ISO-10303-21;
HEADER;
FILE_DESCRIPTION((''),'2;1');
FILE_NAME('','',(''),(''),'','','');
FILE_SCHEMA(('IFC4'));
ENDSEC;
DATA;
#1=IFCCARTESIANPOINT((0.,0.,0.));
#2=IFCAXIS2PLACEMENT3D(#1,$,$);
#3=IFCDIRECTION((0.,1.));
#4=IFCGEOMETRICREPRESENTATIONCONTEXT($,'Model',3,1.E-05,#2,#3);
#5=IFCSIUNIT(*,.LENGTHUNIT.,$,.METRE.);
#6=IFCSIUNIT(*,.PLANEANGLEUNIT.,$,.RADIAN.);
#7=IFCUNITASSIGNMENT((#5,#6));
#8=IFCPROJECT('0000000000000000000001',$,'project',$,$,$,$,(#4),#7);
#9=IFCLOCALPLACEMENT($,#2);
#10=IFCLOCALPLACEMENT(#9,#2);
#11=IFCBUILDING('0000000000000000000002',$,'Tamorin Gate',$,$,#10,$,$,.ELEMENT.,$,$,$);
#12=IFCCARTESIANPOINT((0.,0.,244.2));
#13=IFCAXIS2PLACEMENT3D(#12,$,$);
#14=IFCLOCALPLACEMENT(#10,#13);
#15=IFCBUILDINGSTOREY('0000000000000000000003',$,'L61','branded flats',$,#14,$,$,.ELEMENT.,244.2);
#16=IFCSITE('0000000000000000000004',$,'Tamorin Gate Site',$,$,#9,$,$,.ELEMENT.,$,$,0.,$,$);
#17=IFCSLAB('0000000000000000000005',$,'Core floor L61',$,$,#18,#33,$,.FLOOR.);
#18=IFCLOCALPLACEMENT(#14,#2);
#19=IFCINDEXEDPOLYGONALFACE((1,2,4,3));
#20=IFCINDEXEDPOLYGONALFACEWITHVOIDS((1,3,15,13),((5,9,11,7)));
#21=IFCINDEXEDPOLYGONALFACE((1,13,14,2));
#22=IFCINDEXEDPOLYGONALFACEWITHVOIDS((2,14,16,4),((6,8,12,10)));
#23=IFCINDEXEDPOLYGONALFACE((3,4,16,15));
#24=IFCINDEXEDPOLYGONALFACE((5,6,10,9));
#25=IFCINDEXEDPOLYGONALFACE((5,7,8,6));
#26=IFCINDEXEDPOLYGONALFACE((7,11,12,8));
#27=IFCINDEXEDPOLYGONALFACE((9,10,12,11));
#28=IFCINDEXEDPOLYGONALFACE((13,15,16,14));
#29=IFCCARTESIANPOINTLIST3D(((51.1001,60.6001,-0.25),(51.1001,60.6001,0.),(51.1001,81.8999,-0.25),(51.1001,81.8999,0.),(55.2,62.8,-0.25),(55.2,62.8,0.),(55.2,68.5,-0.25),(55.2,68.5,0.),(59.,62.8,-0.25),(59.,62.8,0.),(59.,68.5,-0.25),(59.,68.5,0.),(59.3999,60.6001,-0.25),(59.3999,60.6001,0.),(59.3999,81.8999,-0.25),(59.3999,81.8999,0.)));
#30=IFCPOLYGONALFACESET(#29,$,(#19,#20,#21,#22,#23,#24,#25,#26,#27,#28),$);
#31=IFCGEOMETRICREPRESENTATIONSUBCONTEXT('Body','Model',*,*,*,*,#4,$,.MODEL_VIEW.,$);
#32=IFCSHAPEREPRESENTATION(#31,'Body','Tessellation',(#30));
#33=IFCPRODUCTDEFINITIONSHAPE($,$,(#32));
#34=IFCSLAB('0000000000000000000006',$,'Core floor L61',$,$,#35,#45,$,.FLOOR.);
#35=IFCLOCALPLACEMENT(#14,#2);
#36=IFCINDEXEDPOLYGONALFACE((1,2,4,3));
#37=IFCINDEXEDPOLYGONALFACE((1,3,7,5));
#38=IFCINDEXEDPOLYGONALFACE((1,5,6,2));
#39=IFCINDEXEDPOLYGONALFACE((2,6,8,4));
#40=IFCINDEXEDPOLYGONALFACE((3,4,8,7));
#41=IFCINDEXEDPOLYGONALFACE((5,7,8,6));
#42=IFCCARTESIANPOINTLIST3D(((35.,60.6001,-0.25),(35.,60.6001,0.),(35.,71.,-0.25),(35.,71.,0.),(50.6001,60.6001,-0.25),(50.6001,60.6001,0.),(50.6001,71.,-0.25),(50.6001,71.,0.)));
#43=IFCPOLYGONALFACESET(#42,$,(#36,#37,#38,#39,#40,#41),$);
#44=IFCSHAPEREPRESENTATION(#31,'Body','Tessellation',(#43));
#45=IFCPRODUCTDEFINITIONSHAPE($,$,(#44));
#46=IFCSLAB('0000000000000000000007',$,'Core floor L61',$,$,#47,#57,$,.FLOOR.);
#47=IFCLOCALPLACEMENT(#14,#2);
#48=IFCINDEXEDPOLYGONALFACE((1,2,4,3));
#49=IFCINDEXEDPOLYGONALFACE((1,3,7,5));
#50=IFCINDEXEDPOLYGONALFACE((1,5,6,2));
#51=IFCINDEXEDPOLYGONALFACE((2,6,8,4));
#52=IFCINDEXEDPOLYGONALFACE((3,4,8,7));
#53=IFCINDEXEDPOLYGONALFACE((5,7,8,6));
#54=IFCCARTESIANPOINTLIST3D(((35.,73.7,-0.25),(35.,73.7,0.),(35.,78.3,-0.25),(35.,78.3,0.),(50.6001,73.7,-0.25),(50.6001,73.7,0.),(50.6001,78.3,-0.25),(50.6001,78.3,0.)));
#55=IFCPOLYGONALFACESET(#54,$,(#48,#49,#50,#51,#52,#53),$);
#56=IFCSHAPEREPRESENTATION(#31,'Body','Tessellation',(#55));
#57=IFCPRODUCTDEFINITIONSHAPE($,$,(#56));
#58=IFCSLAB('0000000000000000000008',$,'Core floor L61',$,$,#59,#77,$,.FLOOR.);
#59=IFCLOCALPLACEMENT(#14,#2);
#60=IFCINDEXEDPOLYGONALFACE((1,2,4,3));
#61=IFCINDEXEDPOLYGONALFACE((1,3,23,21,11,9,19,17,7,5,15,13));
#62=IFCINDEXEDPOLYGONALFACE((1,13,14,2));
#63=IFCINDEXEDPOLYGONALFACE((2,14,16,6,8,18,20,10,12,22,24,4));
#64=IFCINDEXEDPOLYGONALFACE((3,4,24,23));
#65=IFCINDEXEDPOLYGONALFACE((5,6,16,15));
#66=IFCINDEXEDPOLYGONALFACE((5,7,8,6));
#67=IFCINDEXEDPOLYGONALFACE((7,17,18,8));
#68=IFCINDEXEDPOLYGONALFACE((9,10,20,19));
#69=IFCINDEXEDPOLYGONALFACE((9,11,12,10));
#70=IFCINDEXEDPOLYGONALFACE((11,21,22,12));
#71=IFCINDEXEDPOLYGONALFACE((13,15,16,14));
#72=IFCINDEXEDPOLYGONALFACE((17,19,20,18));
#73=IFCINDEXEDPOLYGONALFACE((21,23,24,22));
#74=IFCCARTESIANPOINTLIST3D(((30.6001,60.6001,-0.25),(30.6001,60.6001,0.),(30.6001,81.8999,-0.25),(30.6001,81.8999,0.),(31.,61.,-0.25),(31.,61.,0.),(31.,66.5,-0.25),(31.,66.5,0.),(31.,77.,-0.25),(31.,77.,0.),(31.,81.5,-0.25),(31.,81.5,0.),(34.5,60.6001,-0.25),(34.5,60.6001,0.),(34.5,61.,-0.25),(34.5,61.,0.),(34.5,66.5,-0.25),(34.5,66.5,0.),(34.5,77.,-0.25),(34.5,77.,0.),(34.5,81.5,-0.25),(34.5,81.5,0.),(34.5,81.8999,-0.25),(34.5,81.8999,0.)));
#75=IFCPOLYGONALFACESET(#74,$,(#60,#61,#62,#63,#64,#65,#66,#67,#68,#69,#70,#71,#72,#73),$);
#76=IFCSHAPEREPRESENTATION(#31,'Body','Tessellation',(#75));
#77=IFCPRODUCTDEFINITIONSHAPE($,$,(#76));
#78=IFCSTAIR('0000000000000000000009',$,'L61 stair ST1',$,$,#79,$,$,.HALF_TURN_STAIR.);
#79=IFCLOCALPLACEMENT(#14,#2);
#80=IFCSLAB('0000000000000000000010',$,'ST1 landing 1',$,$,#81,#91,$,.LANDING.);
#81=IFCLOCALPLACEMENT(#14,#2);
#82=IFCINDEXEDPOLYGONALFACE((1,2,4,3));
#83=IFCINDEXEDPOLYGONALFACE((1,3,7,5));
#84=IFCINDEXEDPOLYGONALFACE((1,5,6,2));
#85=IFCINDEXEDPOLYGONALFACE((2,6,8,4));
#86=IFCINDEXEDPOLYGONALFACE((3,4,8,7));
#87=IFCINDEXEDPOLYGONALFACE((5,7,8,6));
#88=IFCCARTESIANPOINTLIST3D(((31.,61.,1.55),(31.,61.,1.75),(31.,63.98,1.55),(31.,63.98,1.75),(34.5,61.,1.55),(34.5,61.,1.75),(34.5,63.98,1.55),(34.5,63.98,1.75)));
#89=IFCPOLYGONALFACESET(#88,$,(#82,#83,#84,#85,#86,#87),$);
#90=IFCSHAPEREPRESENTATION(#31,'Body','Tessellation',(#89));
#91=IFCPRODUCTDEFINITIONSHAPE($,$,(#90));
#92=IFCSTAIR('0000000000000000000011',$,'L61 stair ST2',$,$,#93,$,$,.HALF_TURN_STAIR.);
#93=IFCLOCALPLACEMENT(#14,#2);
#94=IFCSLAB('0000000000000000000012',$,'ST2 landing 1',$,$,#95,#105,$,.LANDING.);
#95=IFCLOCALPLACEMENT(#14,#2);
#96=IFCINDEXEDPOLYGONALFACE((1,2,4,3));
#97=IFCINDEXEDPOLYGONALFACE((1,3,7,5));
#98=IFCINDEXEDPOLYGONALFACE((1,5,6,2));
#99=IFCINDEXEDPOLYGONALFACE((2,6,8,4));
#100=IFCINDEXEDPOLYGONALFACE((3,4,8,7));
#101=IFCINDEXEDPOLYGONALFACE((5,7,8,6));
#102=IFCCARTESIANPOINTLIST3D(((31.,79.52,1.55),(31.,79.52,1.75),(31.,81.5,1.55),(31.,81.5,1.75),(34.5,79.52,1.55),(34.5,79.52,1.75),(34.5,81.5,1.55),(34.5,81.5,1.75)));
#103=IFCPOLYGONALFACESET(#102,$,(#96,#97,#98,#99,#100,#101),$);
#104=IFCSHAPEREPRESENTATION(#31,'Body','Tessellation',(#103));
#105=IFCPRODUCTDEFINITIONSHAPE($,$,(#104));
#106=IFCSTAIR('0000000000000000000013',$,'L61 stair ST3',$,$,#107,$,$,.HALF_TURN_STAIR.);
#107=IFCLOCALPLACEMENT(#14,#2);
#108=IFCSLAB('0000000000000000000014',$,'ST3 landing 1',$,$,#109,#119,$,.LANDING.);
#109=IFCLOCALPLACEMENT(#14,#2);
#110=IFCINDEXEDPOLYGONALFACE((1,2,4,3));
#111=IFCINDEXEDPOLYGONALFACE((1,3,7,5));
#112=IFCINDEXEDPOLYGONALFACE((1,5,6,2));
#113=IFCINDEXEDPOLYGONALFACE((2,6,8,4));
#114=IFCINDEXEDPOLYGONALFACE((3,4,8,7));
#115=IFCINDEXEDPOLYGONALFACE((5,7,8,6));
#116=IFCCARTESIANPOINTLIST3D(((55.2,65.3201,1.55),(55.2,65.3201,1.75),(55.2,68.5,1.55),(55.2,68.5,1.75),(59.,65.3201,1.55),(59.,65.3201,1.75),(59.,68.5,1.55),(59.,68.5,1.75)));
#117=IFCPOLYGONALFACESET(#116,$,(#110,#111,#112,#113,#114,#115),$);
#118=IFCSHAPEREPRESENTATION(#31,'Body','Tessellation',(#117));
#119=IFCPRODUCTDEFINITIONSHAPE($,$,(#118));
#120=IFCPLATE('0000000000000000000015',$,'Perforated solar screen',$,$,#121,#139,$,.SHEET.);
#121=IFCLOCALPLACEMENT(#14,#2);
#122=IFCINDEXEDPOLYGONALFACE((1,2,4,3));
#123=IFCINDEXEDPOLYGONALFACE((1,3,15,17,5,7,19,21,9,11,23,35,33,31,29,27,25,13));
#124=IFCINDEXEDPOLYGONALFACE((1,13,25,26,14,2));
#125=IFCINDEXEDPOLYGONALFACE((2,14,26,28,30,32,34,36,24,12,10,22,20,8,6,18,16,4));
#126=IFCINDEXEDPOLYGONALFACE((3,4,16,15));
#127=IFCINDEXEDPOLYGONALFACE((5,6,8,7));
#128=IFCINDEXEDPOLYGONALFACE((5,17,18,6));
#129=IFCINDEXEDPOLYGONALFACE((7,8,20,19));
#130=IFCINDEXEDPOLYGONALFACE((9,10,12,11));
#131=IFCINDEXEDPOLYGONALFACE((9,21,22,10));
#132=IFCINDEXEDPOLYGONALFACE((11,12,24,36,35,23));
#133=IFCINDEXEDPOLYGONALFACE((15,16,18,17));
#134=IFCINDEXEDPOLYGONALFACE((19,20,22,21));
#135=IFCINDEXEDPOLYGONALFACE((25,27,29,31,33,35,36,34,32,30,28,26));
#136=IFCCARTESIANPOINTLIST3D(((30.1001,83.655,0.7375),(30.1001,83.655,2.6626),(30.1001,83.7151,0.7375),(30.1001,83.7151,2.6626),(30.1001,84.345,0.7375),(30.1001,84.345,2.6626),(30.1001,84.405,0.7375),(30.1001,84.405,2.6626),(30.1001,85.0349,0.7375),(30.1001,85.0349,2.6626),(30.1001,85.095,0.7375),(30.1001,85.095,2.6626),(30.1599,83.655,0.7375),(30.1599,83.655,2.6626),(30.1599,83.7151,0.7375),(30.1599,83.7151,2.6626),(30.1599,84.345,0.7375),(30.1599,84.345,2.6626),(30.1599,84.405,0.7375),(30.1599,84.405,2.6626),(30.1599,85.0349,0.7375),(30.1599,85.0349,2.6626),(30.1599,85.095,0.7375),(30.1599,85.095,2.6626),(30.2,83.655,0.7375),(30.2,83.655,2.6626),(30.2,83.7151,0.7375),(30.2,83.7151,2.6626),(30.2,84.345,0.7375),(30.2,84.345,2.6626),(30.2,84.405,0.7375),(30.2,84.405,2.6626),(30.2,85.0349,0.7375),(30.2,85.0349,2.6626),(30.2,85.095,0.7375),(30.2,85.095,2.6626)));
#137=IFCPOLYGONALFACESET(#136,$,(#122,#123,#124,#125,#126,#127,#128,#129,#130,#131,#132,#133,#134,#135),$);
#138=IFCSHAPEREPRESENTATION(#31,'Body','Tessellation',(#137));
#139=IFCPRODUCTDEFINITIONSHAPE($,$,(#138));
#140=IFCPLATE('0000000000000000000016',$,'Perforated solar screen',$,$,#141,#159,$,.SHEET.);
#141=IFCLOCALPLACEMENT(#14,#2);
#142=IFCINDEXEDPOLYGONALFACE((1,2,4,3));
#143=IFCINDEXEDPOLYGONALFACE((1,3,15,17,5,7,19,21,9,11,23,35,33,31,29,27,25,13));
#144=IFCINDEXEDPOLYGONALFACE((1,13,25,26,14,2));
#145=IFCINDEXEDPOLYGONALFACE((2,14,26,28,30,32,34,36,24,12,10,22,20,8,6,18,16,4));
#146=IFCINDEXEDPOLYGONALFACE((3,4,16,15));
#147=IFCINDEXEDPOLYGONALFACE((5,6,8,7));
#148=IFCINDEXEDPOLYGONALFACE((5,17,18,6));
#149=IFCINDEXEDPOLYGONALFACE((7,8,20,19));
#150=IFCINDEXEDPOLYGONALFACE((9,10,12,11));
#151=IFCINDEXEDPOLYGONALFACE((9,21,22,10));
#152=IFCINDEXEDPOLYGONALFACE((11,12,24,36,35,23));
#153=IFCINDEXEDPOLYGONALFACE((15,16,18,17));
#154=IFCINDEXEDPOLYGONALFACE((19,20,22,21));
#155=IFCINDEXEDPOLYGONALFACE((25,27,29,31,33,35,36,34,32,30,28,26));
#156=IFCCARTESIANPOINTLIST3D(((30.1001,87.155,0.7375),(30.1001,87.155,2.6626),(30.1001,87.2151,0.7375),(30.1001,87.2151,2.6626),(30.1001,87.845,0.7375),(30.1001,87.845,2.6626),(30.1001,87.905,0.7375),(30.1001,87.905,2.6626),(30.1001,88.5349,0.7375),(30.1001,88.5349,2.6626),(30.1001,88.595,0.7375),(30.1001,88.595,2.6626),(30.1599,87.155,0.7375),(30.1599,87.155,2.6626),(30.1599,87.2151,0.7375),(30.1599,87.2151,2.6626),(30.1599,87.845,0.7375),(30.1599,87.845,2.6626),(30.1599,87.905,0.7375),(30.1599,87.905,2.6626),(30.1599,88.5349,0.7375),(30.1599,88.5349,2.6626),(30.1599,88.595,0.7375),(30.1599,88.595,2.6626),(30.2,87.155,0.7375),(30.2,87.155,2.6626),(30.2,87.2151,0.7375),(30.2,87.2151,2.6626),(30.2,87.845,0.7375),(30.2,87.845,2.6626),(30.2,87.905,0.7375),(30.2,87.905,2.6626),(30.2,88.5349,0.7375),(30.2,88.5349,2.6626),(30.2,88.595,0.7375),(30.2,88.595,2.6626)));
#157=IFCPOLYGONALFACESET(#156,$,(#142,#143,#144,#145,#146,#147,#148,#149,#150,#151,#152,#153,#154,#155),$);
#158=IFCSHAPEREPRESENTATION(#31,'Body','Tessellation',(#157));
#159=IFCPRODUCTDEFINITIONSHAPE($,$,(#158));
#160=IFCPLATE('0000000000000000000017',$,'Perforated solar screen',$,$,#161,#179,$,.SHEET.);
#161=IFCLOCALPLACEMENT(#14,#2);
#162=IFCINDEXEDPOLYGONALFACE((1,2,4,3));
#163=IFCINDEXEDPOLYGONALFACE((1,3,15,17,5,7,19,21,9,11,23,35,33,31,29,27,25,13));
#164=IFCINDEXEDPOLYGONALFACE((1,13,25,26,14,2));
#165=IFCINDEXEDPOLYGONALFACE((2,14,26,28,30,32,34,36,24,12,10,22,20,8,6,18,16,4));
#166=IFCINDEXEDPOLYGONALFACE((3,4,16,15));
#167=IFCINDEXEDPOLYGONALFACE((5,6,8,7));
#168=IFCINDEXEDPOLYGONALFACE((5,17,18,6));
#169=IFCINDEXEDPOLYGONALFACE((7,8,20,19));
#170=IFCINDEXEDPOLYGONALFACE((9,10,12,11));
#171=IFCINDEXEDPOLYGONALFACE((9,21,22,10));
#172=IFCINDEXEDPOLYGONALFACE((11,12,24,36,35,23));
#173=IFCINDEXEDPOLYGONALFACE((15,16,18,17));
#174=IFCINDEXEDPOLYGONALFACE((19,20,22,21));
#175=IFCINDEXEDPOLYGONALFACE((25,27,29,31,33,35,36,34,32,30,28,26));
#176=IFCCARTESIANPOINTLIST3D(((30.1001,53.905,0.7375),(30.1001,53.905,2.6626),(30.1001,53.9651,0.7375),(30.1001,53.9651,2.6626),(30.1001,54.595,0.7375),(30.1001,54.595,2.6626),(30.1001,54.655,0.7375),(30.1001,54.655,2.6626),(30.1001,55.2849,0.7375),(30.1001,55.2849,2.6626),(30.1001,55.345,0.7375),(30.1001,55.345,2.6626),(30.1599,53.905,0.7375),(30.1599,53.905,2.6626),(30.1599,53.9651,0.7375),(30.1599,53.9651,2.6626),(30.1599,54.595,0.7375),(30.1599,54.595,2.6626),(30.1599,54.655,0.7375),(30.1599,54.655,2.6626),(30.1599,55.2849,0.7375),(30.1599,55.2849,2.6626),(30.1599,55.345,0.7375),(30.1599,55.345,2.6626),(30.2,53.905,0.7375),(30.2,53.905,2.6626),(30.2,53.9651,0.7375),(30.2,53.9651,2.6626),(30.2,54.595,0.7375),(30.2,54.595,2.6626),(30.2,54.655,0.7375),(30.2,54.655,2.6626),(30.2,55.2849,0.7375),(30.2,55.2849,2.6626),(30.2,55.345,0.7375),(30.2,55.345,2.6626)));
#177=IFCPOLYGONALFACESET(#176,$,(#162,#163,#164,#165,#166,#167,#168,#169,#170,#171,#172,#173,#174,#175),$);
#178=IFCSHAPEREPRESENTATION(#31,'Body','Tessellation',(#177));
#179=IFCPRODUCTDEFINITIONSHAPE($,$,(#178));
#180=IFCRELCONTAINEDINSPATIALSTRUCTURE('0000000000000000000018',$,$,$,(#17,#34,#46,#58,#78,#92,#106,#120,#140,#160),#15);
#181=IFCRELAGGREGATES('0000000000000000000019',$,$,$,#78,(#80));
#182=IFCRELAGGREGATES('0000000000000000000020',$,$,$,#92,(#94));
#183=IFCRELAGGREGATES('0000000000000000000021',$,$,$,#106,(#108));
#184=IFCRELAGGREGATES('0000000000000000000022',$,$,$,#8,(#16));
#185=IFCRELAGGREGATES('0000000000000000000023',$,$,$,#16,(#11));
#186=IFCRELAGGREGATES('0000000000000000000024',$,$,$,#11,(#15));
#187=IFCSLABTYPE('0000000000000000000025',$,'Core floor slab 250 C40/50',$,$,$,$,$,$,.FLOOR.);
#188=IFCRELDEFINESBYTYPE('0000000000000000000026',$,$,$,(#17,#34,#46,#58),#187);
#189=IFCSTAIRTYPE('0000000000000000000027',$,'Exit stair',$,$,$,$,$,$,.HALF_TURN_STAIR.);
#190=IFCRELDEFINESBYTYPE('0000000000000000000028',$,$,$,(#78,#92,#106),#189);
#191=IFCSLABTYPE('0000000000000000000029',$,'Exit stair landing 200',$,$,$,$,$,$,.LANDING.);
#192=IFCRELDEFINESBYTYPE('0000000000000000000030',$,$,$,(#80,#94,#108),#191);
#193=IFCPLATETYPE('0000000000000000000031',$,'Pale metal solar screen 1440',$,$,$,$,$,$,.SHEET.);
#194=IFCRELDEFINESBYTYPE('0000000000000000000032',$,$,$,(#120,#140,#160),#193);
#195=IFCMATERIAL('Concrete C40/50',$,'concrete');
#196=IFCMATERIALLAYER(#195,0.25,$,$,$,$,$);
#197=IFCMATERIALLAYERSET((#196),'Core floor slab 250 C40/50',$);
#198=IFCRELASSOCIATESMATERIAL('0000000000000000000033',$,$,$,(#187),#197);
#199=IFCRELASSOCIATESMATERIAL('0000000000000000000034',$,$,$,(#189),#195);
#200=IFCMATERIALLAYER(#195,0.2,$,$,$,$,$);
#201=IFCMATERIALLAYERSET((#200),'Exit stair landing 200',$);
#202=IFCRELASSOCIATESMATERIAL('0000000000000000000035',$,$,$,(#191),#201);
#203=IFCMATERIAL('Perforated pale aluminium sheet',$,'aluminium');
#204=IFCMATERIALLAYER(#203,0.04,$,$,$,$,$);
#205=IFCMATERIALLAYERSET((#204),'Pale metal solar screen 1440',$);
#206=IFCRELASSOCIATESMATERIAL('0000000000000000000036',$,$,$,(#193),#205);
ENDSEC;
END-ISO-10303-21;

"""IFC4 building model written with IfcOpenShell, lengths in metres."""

from ifc_helpers import new_model, si_unit, direction, frame, origin, place, context, subcontext, project, spatial, polyline, outline, extrude, material, layer, layer_set, type_object, element, aggregate, save


model = new_model("IFC4")

# Units and contexts
model_context = context("Model", 3, precision=1e-05, world=origin(), true_north=direction((0.0, 1.0)))
body_context = subcontext(model_context, "Body", "Model", "MODEL_VIEW")
ifc_project = project(units=[si_unit("LENGTHUNIT", "METRE"), si_unit("PLANEANGLEUNIT", "RADIAN")], contexts=[model_context])

# Site, building, storey
site_placement = place(None, origin())
site = spatial("IfcSite", under=ifc_project, at=site_placement, Name="Tamorin Gate Site", CompositionType="ELEMENT", RefElevation=0.0)
building_placement = place(site_placement, origin())
building = spatial("IfcBuilding", under=site, at=building_placement, Name="Tamorin Gate", CompositionType="ELEMENT")
storey_placement = place(building_placement, frame((0.0, 0.0, 244.2)))
storey = spatial("IfcBuildingStorey", under=building, at=storey_placement, Name="L61", Description="branded flats", CompositionType="ELEMENT", Elevation=244.2)

# Slabs
ifc_material_1 = material(Name="Concrete C40/50", Category="concrete")
ifc_layer_1 = layer(ifc_material_1, 0.25)
ifc_layer_set_1 = layer_set([ifc_layer_1], Name="Core floor slab 250 C40/50")
slab_type_1 = type_object("IfcSlabType", Name="Core floor slab 250 C40/50", PredefinedType="FLOOR", material=ifc_layer_set_1)
slab_1_placement = place(storey_placement, frame((0.0, 0.0, -0.25)))
element("IfcSlab", 1, at=slab_1_placement, inside=storey, type_object=slab_type_1, Name="Core floor L61", PredefinedType="FLOOR", context=body_context, shape_type="SweptSolid", body=[
    extrude(outline(polyline([(51.1001, 81.8999), (59.3999, 81.8999), (59.3999, 60.6001), (51.1001, 60.6001), (51.1001, 81.8999)]), holes=[polyline([(55.2, 62.8), (59.0, 62.8), (59.0, 68.5), (55.2, 68.5), (55.2, 62.8)])]), origin(), (0.0, 0.0, 1.0), 0.25),
])
slab_2_placement = place(storey_placement, frame((0.0, 0.0, -0.25)))
element("IfcSlab", 2, at=slab_2_placement, inside=storey, type_object=slab_type_1, Name="Core floor L61", PredefinedType="FLOOR", context=body_context, shape_type="SweptSolid", body=[
    extrude(outline(polyline([(50.6001, 71.0), (50.6001, 60.6001), (35.0, 60.6001), (35.0, 71.0), (50.6001, 71.0)])), origin(), (0.0, 0.0, 1.0), 0.25),
])
slab_3_placement = place(storey_placement, frame((0.0, 0.0, -0.25)))
element("IfcSlab", 3, at=slab_3_placement, inside=storey, type_object=slab_type_1, Name="Core floor L61", PredefinedType="FLOOR", context=body_context, shape_type="SweptSolid", body=[
    extrude(outline(polyline([(50.6001, 73.7), (35.0, 73.7), (35.0, 78.3), (50.6001, 78.3), (50.6001, 73.7)])), origin(), (0.0, 0.0, 1.0), 0.25),
])
slab_4_placement = place(storey_placement, frame((0.0, 0.0, -0.25)))
element("IfcSlab", 4, at=slab_4_placement, inside=storey, type_object=slab_type_1, Name="Core floor L61", PredefinedType="FLOOR", context=body_context, shape_type="SweptSolid", body=[
    extrude(outline(polyline([(34.5, 60.6001), (30.6001, 60.6001), (30.6001, 81.8999), (34.5, 81.8999), (34.5, 81.5), (31.0, 81.5), (31.0, 77.0), (34.5, 77.0), (34.5, 66.5), (31.0, 66.5), (31.0, 61.0), (34.5, 61.0), (34.5, 60.6001)])), origin(), (0.0, 0.0, 1.0), 0.25),
])

# Stairs, slabs
stair_type = type_object("IfcStairType", Name="Exit stair", PredefinedType="HALF_TURN_STAIR", material=ifc_material_1)
stair_1_placement = place(storey_placement, origin())
stair_1 = element("IfcStair", 5, at=stair_1_placement, inside=storey, type_object=stair_type, Name="L61 stair ST1", PredefinedType="HALF_TURN_STAIR")
ifc_layer_2 = layer(ifc_material_1, 0.2)
ifc_layer_set_2 = layer_set([ifc_layer_2], Name="Exit stair landing 200")
slab_type_2 = type_object("IfcSlabType", Name="Exit stair landing 200", PredefinedType="LANDING", material=ifc_layer_set_2)
slab_5_placement = place(storey_placement, frame((0.0, 0.0, 1.55)))
slab_5 = element("IfcSlab", 6, at=slab_5_placement, type_object=slab_type_2, Name="ST1 landing 1", PredefinedType="LANDING", context=body_context, shape_type="SweptSolid", body=[
    extrude(outline(polyline([(31.0, 63.98), (31.0, 61.0), (34.5, 61.0), (34.5, 63.98), (31.0, 63.98)])), origin(), (0.0, 0.0, 1.0), 0.2),
])
aggregate(stair_1, [slab_5])
stair_2_placement = place(storey_placement, origin())
stair_2 = element("IfcStair", 7, at=stair_2_placement, inside=storey, type_object=stair_type, Name="L61 stair ST2", PredefinedType="HALF_TURN_STAIR")
slab_6_placement = place(storey_placement, frame((0.0, 0.0, 1.55)))
slab_6 = element("IfcSlab", 8, at=slab_6_placement, type_object=slab_type_2, Name="ST2 landing 1", PredefinedType="LANDING", context=body_context, shape_type="SweptSolid", body=[
    extrude(outline(polyline([(34.5, 79.52), (34.5, 81.5), (31.0, 81.5), (31.0, 79.52), (34.5, 79.52)])), origin(), (0.0, 0.0, 1.0), 0.2),
])
aggregate(stair_2, [slab_6])
stair_3_placement = place(storey_placement, origin())
stair_3 = element("IfcStair", 9, at=stair_3_placement, inside=storey, type_object=stair_type, Name="L61 stair ST3", PredefinedType="HALF_TURN_STAIR")
slab_7_placement = place(storey_placement, frame((0.0, 0.0, 1.55)))
slab_7 = element("IfcSlab", 10, at=slab_7_placement, type_object=slab_type_2, Name="ST3 landing 1", PredefinedType="LANDING", context=body_context, shape_type="SweptSolid", body=[
    extrude(outline(polyline([(59.0, 65.3201), (59.0, 68.5), (55.2, 68.5), (55.2, 65.3201), (59.0, 65.3201)])), origin(), (0.0, 0.0, 1.0), 0.2),
])
aggregate(stair_3, [slab_7])

# Plates
ifc_material_2 = material(Name="Perforated pale aluminium sheet", Category="aluminium")
ifc_layer_3 = layer(ifc_material_2, 0.04)
ifc_layer_set_3 = layer_set([ifc_layer_3], Name="Pale metal solar screen 1440")
plate_type = type_object("IfcPlateType", Name="Pale metal solar screen 1440", PredefinedType="SHEET", material=ifc_layer_set_3)
plate_1_placement = place(storey_placement, frame((0.0, 0.0, 0.7375)))
element("IfcPlate", 11, at=plate_1_placement, inside=storey, type_object=plate_type, Name="Perforated solar screen", PredefinedType="SHEET", context=body_context, shape_type="SweptSolid", body=[
    extrude(outline(polyline([(30.1599, 85.095), (30.2, 85.095), (30.2, 85.0349), (30.2, 84.405), (30.2, 84.345), (30.2, 83.7151), (30.2, 83.655), (30.1599, 83.655), (30.1001, 83.655), (30.1001, 83.7151), (30.1599, 83.7151), (30.1599, 84.345), (30.1001, 84.345), (30.1001, 84.405), (30.1599, 84.405), (30.1599, 85.0349), (30.1001, 85.0349), (30.1001, 85.095), (30.1599, 85.095)])), origin(), (0.0, 0.0, 1.0), 1.925),
])
plate_2_placement = place(storey_placement, frame((0.0, 0.0, 0.7375)))
element("IfcPlate", 12, at=plate_2_placement, inside=storey, type_object=plate_type, Name="Perforated solar screen", PredefinedType="SHEET", context=body_context, shape_type="SweptSolid", body=[
    extrude(outline(polyline([(30.1599, 88.595), (30.2, 88.595), (30.2, 88.5349), (30.2, 87.905), (30.2, 87.845), (30.2, 87.2151), (30.2, 87.155), (30.2, 87.155), (30.1599, 87.155), (30.1599, 87.155), (30.1001, 87.155), (30.1001, 87.2151), (30.1599, 87.2151), (30.1599, 87.845), (30.1001, 87.845), (30.1001, 87.905), (30.1599, 87.905), (30.1599, 88.5349), (30.1001, 88.5349), (30.1001, 88.595), (30.1599, 88.595)])), origin(), (0.0, 0.0, 1.0), 1.925),
])
plate_3_placement = place(storey_placement, frame((0.0, 0.0, 0.7375)))
element("IfcPlate", 13, at=plate_3_placement, inside=storey, type_object=plate_type, Name="Perforated solar screen", PredefinedType="SHEET", context=body_context, shape_type="SweptSolid", body=[
    extrude(outline(polyline([(30.1599, 55.345), (30.2, 55.345), (30.2, 55.2849), (30.2, 54.655), (30.2, 54.595), (30.2, 53.9651), (30.2, 53.905), (30.1599, 53.905), (30.1001, 53.905), (30.1001, 53.9651), (30.1599, 53.9651), (30.1599, 54.595), (30.1001, 54.595), (30.1001, 54.655), (30.1599, 54.655), (30.1599, 55.2849), (30.1001, 55.2849), (30.1001, 55.345), (30.1599, 55.345)])), origin(), (0.0, 0.0, 1.0), 1.925),
])

save(model, "model.ifc")
